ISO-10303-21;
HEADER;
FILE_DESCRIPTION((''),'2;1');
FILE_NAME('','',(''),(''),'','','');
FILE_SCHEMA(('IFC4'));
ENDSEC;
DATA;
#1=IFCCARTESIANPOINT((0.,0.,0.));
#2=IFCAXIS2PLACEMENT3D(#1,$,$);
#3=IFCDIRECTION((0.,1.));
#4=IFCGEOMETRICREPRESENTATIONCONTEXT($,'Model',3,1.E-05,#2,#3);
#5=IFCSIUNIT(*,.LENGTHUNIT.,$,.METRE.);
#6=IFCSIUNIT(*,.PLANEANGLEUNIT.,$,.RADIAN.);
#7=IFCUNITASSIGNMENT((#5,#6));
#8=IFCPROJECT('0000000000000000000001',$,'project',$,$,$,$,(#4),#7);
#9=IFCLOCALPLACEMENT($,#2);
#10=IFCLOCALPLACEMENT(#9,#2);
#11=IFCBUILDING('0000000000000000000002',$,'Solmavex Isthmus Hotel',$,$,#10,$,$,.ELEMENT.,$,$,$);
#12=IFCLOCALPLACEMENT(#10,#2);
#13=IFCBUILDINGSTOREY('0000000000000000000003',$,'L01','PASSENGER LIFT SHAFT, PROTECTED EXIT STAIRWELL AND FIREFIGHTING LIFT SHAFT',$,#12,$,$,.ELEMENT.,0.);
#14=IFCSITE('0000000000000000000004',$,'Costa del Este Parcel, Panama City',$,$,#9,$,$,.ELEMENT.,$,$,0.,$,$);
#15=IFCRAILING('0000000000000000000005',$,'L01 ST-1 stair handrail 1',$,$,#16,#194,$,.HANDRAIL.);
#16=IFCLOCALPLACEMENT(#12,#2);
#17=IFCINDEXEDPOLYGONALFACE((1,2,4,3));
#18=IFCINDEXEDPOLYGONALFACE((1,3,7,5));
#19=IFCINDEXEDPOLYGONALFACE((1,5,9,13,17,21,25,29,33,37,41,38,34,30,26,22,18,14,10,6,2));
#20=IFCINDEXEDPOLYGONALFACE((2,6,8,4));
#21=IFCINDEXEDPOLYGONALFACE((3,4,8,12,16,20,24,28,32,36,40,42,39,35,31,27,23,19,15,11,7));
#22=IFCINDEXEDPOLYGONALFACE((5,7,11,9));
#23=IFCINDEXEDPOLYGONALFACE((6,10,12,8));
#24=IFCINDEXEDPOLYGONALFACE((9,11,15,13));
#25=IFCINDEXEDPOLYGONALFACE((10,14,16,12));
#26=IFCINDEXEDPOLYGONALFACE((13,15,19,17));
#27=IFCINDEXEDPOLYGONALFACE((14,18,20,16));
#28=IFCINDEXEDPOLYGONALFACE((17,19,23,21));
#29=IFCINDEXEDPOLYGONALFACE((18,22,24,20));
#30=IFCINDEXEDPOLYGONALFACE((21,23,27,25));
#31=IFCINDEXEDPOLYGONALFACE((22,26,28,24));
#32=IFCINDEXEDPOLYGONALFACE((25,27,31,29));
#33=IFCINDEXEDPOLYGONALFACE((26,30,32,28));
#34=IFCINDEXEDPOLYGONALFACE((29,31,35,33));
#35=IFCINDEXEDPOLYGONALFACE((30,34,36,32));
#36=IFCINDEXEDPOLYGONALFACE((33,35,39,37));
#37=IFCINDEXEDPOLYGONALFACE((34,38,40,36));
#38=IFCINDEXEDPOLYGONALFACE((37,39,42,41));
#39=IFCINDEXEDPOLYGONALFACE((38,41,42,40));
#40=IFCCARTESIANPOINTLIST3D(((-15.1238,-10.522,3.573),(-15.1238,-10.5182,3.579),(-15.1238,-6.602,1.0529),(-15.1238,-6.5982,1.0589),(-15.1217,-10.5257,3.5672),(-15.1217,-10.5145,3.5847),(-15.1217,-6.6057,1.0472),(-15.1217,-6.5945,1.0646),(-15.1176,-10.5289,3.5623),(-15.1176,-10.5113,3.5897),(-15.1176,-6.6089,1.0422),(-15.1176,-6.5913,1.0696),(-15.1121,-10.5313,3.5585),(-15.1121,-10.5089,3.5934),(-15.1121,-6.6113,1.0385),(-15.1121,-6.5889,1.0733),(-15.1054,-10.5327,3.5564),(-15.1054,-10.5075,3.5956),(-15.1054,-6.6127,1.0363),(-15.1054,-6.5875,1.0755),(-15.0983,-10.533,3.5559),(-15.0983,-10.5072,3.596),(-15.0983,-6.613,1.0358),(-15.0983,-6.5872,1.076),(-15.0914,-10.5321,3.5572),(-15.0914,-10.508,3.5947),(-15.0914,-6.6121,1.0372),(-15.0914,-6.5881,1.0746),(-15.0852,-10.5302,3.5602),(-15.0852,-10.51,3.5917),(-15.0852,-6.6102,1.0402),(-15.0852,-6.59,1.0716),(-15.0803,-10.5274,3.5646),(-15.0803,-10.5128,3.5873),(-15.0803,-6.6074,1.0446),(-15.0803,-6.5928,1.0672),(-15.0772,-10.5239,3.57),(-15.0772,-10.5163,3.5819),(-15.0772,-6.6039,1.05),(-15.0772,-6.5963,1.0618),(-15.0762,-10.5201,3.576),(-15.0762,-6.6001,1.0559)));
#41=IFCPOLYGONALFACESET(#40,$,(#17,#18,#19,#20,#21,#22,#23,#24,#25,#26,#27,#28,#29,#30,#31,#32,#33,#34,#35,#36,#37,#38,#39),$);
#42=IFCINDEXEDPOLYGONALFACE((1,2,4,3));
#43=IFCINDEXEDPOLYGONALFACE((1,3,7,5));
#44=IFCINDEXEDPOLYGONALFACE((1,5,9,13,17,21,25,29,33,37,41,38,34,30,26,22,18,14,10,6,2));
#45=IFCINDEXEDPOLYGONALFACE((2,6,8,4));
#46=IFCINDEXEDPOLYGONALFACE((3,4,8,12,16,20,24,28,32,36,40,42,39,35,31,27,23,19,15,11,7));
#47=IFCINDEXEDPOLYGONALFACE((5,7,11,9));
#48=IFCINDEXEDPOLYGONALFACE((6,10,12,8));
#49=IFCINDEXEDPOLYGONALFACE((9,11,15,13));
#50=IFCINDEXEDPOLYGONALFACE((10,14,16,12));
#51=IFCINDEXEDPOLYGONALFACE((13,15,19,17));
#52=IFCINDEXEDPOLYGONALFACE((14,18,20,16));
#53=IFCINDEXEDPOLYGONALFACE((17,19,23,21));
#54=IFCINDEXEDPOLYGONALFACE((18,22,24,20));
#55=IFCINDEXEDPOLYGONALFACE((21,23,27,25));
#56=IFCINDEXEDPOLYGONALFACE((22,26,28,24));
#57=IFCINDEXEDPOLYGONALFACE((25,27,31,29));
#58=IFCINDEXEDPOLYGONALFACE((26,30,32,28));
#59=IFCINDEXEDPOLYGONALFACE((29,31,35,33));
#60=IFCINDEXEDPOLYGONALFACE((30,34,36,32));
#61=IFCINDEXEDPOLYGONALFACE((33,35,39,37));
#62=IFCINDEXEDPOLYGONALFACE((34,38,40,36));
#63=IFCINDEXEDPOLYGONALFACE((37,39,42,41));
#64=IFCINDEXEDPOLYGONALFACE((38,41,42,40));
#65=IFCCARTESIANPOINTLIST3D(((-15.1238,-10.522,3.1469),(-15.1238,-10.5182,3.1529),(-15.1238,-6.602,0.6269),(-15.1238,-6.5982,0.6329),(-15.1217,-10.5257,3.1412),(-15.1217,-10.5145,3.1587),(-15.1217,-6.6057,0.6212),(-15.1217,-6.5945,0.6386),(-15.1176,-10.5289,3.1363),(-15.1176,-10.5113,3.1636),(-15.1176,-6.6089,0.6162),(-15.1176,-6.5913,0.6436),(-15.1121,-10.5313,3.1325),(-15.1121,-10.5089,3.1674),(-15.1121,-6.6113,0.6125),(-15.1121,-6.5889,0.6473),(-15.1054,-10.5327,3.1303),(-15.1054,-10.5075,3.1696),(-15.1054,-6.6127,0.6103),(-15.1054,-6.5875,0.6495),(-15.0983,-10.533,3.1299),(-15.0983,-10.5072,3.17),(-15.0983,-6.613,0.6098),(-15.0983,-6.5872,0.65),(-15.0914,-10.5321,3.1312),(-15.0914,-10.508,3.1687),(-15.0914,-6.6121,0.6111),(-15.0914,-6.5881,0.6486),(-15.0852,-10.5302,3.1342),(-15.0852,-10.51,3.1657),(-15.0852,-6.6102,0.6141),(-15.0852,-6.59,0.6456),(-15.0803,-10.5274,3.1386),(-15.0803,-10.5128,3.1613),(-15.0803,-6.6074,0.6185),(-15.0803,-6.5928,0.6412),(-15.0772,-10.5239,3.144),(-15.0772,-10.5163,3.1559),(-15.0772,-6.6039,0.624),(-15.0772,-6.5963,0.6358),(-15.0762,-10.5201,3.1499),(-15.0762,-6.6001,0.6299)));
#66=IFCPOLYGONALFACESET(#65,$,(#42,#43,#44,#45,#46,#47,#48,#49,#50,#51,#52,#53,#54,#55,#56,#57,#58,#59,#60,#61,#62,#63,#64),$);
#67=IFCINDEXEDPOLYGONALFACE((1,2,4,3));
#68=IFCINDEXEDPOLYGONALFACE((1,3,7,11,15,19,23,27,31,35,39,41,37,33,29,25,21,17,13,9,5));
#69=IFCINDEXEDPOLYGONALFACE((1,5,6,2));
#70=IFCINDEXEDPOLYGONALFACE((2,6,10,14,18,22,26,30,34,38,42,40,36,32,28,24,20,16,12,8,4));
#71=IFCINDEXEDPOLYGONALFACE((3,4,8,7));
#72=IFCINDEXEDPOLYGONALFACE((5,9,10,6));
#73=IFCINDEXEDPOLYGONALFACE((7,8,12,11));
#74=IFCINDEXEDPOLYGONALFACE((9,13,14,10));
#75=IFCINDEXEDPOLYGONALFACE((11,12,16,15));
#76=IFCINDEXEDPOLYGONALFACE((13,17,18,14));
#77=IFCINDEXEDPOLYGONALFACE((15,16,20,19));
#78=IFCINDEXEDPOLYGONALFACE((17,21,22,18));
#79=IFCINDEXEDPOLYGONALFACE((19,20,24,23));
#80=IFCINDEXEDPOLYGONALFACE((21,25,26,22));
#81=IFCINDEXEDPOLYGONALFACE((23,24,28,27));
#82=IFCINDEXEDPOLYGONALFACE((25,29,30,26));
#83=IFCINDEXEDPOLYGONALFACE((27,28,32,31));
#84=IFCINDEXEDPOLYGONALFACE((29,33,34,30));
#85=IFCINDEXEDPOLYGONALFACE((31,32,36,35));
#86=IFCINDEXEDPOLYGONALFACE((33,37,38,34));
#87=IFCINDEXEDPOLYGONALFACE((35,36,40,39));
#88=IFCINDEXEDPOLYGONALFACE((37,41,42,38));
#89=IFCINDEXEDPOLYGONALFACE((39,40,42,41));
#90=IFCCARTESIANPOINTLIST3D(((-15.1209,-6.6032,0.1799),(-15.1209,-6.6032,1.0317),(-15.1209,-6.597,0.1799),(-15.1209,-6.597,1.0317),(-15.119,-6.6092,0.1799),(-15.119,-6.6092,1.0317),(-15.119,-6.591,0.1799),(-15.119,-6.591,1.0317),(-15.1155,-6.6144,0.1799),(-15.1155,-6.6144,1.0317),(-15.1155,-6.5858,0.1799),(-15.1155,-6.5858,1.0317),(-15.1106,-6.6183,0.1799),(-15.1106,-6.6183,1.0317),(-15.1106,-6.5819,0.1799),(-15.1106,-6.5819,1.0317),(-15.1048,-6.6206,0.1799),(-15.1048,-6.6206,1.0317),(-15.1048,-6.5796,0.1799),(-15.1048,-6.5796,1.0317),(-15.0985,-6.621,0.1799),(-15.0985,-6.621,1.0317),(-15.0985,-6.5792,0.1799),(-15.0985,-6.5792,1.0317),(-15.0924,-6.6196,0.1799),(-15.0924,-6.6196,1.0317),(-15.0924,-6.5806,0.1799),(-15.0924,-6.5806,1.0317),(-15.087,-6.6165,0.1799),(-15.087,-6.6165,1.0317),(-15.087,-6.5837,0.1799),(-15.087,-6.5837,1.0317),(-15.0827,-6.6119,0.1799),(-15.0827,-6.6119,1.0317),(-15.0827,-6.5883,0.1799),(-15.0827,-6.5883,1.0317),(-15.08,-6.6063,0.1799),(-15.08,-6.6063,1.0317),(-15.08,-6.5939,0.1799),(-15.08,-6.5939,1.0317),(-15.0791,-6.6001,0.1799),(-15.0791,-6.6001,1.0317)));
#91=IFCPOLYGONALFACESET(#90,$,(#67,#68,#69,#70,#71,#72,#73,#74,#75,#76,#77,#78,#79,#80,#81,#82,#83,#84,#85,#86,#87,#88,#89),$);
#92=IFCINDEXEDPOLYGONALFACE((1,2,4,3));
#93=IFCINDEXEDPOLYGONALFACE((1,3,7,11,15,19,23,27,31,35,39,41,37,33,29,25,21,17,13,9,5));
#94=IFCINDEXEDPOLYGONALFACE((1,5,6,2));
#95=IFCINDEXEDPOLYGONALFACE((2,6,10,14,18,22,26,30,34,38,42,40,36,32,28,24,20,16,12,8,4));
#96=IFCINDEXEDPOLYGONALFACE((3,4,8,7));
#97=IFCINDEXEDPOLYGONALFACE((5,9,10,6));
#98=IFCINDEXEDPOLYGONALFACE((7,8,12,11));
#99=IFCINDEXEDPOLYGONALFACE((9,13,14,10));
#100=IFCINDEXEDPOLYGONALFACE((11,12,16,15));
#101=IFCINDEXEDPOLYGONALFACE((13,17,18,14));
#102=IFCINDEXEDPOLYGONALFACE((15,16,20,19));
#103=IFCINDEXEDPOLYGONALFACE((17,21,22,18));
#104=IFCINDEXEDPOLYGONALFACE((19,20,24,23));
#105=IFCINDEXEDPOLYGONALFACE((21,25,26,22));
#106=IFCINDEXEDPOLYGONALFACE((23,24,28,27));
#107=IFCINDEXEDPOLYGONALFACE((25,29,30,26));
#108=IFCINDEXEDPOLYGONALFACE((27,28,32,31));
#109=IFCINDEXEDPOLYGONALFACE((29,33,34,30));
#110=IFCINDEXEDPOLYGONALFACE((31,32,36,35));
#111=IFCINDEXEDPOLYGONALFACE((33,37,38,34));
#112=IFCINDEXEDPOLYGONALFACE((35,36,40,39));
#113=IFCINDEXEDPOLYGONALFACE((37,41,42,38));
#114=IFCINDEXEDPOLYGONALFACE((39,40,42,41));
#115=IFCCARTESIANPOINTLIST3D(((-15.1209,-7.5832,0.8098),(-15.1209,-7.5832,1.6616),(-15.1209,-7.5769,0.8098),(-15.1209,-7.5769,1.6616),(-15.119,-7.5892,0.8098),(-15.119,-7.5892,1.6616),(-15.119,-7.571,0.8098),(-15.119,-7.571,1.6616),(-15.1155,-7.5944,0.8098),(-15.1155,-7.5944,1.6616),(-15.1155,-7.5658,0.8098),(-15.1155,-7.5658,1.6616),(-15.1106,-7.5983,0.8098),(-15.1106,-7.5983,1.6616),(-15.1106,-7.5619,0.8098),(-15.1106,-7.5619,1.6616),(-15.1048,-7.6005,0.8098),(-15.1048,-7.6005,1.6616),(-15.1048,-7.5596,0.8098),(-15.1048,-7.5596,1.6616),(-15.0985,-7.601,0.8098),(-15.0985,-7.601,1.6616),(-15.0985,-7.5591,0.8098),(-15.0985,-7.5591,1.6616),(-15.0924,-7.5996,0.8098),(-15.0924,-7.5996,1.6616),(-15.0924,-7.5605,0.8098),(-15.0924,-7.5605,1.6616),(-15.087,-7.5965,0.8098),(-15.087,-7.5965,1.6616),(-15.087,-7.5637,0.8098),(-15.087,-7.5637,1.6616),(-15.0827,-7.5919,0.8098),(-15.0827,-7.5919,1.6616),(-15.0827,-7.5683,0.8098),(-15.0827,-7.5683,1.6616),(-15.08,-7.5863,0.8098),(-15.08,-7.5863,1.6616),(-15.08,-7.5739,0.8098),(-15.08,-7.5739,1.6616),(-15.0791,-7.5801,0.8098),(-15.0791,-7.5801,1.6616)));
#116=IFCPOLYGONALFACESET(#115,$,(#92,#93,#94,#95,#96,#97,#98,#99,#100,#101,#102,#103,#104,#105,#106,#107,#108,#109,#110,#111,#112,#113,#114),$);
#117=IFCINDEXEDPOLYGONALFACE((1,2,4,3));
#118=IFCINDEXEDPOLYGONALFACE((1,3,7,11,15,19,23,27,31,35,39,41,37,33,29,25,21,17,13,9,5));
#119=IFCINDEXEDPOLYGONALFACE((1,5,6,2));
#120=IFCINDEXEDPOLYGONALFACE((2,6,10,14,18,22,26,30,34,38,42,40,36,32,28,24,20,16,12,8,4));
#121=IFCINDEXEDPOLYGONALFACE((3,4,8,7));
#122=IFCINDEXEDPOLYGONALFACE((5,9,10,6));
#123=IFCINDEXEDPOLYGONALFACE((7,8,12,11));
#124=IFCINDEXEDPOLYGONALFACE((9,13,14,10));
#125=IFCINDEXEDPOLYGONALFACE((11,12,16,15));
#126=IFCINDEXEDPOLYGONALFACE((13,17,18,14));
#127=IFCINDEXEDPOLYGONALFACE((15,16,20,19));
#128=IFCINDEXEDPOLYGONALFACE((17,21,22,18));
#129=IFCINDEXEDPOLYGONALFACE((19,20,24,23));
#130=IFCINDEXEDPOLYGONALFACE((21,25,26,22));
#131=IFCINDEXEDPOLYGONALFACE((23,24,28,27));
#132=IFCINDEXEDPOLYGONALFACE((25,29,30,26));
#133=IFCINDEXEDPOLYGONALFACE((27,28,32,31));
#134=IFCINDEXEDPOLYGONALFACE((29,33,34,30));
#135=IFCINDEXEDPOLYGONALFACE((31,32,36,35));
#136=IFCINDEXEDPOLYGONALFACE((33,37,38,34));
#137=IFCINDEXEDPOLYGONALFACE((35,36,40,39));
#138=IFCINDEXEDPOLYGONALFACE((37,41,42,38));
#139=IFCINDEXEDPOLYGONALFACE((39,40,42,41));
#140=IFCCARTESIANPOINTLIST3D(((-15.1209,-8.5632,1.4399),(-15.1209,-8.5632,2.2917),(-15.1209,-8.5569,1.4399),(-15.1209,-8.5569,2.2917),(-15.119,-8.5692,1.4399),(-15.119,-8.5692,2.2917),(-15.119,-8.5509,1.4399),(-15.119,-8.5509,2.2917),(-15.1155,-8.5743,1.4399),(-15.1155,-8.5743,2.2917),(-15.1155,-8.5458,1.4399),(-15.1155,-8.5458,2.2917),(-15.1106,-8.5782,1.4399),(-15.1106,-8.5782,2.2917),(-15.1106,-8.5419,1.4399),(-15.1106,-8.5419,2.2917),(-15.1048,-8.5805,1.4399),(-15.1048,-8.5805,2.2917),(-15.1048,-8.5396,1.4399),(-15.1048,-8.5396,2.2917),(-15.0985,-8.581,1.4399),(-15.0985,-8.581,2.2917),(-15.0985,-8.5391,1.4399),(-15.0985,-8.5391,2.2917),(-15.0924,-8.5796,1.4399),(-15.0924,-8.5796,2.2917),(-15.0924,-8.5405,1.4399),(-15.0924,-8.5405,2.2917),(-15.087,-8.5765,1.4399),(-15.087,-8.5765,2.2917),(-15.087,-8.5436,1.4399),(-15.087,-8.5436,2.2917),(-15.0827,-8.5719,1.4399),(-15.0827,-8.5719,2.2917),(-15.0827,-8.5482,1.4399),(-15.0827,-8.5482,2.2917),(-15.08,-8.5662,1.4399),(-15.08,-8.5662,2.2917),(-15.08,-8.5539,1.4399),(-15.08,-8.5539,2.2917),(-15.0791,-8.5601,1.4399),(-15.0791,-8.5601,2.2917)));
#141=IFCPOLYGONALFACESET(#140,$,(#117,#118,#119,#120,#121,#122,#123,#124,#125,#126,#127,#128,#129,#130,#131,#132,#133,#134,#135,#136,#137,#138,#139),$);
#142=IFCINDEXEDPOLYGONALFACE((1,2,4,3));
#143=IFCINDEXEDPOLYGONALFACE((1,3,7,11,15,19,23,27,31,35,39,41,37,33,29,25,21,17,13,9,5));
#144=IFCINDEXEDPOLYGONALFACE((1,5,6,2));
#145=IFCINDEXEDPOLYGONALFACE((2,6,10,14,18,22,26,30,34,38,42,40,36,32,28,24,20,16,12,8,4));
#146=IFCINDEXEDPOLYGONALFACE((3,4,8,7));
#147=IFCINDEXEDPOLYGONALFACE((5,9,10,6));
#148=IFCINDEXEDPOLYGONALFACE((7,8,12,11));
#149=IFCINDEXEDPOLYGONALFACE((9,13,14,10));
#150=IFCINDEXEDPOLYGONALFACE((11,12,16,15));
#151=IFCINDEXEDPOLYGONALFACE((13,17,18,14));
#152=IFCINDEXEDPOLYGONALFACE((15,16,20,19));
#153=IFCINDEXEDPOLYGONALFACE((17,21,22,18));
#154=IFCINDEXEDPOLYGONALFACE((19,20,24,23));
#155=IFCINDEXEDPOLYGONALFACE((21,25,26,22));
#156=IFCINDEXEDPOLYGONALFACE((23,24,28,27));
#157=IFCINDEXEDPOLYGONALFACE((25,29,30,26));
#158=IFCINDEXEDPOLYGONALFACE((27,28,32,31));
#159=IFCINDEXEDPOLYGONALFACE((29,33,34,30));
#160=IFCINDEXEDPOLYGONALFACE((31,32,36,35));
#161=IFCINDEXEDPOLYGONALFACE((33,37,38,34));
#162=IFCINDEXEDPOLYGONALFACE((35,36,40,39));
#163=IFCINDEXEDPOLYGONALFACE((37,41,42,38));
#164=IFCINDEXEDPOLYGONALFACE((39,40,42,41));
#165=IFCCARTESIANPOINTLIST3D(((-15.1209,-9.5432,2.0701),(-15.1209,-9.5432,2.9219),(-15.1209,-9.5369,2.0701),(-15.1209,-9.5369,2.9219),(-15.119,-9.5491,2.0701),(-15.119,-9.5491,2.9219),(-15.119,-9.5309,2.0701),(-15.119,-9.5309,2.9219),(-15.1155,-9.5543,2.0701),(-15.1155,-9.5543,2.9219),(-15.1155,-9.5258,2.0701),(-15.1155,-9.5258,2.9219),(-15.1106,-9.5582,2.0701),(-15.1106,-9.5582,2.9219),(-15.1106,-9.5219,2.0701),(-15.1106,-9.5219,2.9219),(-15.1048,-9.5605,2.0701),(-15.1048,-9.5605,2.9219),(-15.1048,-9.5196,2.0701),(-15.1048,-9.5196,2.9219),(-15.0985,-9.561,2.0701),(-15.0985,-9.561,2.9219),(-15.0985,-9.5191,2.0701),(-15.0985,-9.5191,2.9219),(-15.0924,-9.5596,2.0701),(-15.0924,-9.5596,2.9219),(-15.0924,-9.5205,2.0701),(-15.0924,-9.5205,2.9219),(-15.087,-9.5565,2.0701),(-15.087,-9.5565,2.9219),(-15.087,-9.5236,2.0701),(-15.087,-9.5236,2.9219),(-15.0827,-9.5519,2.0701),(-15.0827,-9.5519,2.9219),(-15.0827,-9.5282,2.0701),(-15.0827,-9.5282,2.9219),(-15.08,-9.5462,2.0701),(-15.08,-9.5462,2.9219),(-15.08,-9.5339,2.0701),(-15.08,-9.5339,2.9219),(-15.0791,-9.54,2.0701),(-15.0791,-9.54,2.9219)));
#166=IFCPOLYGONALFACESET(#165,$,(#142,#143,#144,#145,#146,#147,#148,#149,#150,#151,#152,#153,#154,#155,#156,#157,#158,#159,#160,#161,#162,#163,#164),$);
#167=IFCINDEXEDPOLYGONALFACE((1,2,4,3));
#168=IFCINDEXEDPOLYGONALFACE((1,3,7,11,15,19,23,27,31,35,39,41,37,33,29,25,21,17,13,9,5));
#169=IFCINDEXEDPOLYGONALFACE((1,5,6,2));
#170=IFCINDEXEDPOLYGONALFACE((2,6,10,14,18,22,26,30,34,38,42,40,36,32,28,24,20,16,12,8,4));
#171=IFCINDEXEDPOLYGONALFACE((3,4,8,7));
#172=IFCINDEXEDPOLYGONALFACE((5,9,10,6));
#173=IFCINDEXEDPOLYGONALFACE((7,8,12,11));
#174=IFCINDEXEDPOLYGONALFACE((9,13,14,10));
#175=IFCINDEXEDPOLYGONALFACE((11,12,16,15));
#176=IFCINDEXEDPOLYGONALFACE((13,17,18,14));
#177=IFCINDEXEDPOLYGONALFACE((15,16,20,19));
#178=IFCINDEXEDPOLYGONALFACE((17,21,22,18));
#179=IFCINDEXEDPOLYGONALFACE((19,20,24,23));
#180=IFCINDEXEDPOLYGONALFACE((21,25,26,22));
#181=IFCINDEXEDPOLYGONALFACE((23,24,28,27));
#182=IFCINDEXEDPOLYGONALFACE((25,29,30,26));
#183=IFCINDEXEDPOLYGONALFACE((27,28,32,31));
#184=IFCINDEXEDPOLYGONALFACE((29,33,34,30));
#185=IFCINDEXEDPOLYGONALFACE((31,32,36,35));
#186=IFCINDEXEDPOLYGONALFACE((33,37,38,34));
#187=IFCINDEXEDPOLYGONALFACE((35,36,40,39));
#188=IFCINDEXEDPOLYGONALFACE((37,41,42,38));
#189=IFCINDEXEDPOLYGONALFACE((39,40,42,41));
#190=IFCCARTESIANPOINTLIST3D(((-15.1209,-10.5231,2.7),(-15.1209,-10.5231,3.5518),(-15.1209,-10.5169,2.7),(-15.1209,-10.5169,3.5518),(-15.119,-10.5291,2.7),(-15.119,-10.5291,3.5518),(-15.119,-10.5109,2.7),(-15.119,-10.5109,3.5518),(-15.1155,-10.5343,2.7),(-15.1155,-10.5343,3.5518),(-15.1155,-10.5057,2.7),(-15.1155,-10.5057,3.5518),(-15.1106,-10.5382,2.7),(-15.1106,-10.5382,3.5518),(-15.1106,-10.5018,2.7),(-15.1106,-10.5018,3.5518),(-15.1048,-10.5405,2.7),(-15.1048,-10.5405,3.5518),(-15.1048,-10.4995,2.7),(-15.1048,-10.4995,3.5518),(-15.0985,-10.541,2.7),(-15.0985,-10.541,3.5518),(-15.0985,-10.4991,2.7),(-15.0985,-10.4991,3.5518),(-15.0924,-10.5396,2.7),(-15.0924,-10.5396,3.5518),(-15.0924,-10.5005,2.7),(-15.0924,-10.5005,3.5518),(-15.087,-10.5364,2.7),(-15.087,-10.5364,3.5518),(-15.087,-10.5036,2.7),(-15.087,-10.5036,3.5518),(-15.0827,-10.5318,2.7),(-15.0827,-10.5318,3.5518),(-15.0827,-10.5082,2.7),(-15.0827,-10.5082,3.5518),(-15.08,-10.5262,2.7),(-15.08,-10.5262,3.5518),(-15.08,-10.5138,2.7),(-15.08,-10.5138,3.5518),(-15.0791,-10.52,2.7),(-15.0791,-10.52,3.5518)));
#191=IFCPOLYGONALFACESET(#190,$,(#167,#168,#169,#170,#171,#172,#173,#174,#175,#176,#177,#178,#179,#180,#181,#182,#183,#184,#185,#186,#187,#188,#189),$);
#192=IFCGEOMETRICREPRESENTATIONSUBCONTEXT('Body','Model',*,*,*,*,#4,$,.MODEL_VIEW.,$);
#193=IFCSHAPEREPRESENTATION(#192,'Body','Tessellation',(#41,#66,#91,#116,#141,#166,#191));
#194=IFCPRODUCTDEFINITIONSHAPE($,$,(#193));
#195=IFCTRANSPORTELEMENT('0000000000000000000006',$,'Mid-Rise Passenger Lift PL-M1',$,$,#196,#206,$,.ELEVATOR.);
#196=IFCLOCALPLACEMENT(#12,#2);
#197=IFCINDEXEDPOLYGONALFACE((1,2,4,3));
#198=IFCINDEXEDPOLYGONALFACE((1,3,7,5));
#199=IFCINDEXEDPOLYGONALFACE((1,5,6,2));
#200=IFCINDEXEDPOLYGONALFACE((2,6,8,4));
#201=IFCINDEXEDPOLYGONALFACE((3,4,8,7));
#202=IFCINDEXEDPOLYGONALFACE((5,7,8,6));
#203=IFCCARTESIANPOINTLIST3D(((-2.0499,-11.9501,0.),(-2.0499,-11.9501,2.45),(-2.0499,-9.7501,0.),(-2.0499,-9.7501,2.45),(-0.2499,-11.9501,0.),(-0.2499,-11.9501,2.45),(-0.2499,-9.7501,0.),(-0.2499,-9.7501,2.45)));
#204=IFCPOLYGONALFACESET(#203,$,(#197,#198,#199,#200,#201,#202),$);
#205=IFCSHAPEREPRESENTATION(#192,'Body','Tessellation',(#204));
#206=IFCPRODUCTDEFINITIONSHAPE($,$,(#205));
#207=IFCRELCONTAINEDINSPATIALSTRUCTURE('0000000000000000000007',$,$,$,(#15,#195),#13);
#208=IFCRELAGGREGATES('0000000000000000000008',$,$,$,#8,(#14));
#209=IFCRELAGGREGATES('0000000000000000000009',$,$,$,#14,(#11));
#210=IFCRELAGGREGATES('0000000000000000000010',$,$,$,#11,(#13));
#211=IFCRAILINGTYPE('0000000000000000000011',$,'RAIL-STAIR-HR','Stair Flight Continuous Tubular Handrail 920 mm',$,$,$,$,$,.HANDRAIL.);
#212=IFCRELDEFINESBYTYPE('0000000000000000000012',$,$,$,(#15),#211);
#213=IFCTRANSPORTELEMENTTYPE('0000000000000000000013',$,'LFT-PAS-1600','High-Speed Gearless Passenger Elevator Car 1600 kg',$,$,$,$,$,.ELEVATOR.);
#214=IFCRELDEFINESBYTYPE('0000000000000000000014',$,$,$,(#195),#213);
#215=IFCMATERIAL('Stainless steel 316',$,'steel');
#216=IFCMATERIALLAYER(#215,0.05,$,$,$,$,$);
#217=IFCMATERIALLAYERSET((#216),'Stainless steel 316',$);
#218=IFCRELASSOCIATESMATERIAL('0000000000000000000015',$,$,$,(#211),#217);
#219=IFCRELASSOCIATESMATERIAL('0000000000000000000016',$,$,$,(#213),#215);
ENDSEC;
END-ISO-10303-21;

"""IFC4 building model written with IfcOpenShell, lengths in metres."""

from ifc_helpers import new_model, si_unit, direction, frame, origin, origin_2d, place, context, subcontext, project, spatial, rectangle, circle, extrude, material, layer, layer_set, type_object, element, save


model = new_model("IFC4")

# Units and contexts
model_context = context("Model", 3, precision=1e-05, world=origin(), true_north=direction((0.0, 1.0)))
body_context = subcontext(model_context, "Body", "Model", "MODEL_VIEW")
ifc_project = project(units=[si_unit("LENGTHUNIT", "METRE"), si_unit("PLANEANGLEUNIT", "RADIAN")], contexts=[model_context])

# Site, building, storey
site_placement = place(None, origin())
site = spatial("IfcSite", under=ifc_project, at=site_placement, Name="Costa del Este Parcel, Panama City", CompositionType="ELEMENT", RefElevation=0.0)
building_placement = place(site_placement, origin())
building = spatial("IfcBuilding", under=site, at=building_placement, Name="Solmavex Isthmus Hotel", CompositionType="ELEMENT")
storey_placement = place(building_placement, origin())
storey = spatial("IfcBuildingStorey", under=building, at=storey_placement, Name="L01", Description="PASSENGER LIFT SHAFT, PROTECTED EXIT STAIRWELL AND FIREFIGHTING LIFT SHAFT", CompositionType="ELEMENT", Elevation=0.0)

# Shared definitions
ifc_material_1 = material(Name="Stainless steel 316", Category="steel")

# Railing
ifc_layer_1 = layer(ifc_material_1, 0.05)
ifc_layer_set_1 = layer_set([ifc_layer_1], Name="Stainless steel 316")
railing_type_1 = type_object("IfcRailingType", Name="RAIL-STAIR-HR", Description="Stair Flight Continuous Tubular Handrail 920 mm", PredefinedType="HANDRAIL", material=ifc_layer_set_1)
railing_1_placement = place(storey_placement, frame((-15.1001, -6.6001, 0.1799)))
element("IfcRailing", 1, at=railing_1_placement, inside=storey, type_object=railing_type_1, Name="L01 ST-1 stair handrail 1", PredefinedType="HANDRAIL", context=body_context, shape_type="SweptSolid", body=[
    extrude(circle(Radius=0.0239, at=origin_2d()), frame((0.0, 0.0, 0.876), z_axis=(0.0, -0.841172, 0.540768), x_axis=(1.0, 0.0, 0.0)), (0.0, 0.0, 1.0), 4.6602),
    extrude(circle(Radius=0.0239, at=origin_2d()), frame((0.0, 0.0, 0.45), z_axis=(0.0, -0.841172, 0.540768), x_axis=(1.0, 0.0, 0.0)), (0.0, 0.0, 1.0), 4.6602),
    extrude(circle(Radius=0.021, at=origin_2d()), origin(), (0.0, 0.0, 1.0), 0.8518),
    extrude(circle(Radius=0.021, at=origin_2d()), frame((0.0, -0.98, 0.6299)), (0.0, 0.0, 1.0), 0.8518),
    extrude(circle(Radius=0.021, at=origin_2d()), frame((0.0, -1.96, 1.26)), (0.0, 0.0, 1.0), 0.8518),
    extrude(circle(Radius=0.021, at=origin_2d()), frame((0.0, -2.9399, 1.8901)), (0.0, 0.0, 1.0), 0.8518),
    extrude(circle(Radius=0.021, at=origin_2d()), frame((0.0, -3.9199, 2.52)), (0.0, 0.0, 1.0), 0.8518),
])

# Transport element
transport_element_type = type_object("IfcTransportElementType", Name="LFT-PAS-1600", Description="High-Speed Gearless Passenger Elevator Car 1600 kg", PredefinedType="ELEVATOR", material=ifc_material_1)
transport_element_placement = place(storey_placement, frame((-1.1499, -10.8501, 0.0), z_axis=(0.0, 0.0, 1.0), x_axis=(1.0, 0.0, 0.0)))
element("IfcTransportElement", 2, at=transport_element_placement, inside=storey, type_object=transport_element_type, Name="Mid-Rise Passenger Lift PL-M1", PredefinedType="ELEVATOR", context=body_context, shape_type="SweptSolid", body=[
    extrude(rectangle(XDim=1.8, YDim=2.2, at=origin_2d()), origin(), (0.0, 0.0, 1.0), 2.45),
])

save(model, "model.ifc")
